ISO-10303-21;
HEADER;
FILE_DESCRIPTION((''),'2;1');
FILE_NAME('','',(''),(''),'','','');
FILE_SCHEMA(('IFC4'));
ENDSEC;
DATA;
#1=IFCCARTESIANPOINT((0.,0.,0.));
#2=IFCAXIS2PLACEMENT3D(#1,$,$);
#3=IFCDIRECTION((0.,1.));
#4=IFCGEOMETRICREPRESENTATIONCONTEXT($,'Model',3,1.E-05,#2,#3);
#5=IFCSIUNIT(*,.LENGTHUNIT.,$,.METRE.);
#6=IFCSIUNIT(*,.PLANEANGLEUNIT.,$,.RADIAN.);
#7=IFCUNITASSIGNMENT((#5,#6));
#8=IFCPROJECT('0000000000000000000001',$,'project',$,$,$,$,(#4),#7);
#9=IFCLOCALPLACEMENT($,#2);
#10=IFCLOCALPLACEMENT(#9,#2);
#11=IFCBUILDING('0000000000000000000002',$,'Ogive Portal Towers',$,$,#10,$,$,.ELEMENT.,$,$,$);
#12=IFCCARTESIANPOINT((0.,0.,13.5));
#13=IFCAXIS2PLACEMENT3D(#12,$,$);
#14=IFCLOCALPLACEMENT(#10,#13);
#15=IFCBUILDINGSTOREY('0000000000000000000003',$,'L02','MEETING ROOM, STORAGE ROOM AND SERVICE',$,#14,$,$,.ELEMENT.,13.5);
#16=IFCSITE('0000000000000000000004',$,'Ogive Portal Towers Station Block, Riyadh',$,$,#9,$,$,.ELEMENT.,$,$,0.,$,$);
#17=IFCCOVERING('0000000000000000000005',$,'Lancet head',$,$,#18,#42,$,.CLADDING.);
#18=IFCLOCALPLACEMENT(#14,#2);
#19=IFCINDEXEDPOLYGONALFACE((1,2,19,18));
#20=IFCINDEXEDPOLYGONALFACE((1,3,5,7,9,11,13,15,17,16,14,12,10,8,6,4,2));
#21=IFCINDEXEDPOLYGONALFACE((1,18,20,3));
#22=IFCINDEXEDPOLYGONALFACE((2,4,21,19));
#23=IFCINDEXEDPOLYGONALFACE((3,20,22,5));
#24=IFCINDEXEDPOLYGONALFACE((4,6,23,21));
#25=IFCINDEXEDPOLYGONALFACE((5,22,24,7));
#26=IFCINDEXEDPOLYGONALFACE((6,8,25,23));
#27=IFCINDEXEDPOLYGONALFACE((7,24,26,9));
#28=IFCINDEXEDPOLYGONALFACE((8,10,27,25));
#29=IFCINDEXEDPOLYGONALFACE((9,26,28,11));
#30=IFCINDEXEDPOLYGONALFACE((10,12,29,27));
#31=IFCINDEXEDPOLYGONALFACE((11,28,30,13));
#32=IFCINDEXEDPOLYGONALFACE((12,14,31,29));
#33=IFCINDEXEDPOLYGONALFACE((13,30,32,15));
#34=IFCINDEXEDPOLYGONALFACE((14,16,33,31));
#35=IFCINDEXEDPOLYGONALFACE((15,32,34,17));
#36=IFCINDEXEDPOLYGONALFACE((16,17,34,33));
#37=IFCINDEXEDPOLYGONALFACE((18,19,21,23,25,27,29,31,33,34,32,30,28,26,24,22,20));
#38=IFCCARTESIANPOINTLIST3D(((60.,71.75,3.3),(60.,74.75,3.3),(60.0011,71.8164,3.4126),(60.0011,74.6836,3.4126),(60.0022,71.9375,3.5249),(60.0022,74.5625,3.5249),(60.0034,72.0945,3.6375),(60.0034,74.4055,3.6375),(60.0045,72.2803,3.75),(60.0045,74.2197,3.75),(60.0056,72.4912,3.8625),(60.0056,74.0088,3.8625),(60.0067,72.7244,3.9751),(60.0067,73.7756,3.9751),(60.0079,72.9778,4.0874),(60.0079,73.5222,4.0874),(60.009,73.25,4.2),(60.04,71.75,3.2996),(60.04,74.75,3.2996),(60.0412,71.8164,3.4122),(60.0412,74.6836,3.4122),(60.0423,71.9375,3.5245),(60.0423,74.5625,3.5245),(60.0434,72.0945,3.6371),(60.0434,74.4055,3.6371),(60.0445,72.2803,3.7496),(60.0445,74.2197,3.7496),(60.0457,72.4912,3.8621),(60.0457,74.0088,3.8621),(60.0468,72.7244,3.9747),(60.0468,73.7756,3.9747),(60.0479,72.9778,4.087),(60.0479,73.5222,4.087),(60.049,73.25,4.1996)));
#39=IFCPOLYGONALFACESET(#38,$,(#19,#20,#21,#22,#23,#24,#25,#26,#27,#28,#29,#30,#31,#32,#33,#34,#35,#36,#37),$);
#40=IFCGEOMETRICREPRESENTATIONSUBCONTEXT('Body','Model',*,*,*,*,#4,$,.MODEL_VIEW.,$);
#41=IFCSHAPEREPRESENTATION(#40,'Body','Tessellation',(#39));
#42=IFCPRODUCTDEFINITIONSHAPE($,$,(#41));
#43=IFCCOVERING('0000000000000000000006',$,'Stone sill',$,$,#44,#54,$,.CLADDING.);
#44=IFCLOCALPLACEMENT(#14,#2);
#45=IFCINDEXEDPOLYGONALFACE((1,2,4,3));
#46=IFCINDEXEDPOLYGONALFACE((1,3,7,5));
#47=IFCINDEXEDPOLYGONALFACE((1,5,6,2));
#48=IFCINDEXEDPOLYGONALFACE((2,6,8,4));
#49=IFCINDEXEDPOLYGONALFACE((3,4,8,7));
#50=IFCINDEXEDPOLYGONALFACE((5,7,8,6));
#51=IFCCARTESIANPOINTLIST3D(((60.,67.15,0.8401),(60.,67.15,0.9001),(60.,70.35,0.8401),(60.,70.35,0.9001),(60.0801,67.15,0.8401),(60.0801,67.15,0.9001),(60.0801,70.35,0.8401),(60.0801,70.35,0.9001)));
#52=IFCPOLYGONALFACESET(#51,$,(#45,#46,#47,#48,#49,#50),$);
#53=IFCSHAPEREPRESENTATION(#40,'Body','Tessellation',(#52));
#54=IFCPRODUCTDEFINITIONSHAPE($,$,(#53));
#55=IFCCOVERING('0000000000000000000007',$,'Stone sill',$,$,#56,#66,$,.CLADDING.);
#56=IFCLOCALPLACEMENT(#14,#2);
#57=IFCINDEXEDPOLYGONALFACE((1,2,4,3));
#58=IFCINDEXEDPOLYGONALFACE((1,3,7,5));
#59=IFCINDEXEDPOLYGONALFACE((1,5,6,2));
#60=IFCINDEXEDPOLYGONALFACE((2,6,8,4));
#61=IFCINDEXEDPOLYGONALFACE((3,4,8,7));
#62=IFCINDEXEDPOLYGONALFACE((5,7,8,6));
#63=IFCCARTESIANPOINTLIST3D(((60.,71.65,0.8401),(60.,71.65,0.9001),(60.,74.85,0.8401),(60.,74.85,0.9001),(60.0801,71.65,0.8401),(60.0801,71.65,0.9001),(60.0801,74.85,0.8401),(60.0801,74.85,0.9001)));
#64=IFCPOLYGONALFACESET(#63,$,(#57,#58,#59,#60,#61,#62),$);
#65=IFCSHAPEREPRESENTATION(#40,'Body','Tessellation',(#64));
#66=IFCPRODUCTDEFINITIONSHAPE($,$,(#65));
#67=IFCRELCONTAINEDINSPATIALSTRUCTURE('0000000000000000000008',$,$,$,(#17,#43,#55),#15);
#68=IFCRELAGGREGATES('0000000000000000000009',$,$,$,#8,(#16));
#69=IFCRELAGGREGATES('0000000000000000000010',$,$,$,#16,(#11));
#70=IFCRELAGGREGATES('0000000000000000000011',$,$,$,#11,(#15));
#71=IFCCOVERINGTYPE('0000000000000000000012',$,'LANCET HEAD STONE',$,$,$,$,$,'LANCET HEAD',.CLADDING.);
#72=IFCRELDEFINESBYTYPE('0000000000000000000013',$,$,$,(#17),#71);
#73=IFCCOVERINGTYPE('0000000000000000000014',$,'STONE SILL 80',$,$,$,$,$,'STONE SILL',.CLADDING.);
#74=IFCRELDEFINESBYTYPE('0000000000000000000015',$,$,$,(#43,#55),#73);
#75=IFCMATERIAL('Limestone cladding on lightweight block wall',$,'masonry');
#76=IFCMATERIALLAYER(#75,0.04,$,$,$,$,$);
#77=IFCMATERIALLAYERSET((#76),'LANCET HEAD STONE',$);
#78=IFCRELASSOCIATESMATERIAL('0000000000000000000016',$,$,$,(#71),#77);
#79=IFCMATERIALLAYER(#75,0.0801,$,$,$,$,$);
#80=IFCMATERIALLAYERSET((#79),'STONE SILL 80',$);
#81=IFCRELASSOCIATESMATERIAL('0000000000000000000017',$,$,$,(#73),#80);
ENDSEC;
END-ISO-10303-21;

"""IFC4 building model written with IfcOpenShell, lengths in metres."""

from ifc_helpers import new_model, si_unit, direction, frame, origin, origin_2d, place, context, subcontext, project, spatial, polyline, rectangle, outline, extrude, material, layer, layer_set, type_object, element, save


model = new_model("IFC4")

# Units and contexts
model_context = context("Model", 3, precision=1e-05, world=origin(), true_north=direction((0.0, 1.0)))
body_context = subcontext(model_context, "Body", "Model", "MODEL_VIEW")
ifc_project = project(units=[si_unit("LENGTHUNIT", "METRE"), si_unit("PLANEANGLEUNIT", "RADIAN")], contexts=[model_context])

# Site, building, storey
site_placement = place(None, origin())
site = spatial("IfcSite", under=ifc_project, at=site_placement, Name="Ogive Portal Towers Station Block, Riyadh", CompositionType="ELEMENT", RefElevation=0.0)
building_placement = place(site_placement, origin())
building = spatial("IfcBuilding", under=site, at=building_placement, Name="Ogive Portal Towers", CompositionType="ELEMENT")
storey_placement = place(building_placement, frame((0.0, 0.0, 13.5)))
storey = spatial("IfcBuildingStorey", under=building, at=storey_placement, Name="L02", Description="MEETING ROOM, STORAGE ROOM AND SERVICE", CompositionType="ELEMENT", Elevation=13.5)

# Coverings
ifc_material_1 = material(Name="Limestone cladding on lightweight block wall", Category="masonry")
ifc_layer_1 = layer(ifc_material_1, 0.04)
ifc_layer_set_1 = layer_set([ifc_layer_1], Name="LANCET HEAD STONE")
covering_type_1 = type_object("IfcCoveringType", Name="LANCET HEAD STONE", ElementType="LANCET HEAD", PredefinedType="CLADDING", material=ifc_layer_set_1)
for number, where, z_axis, x_axis, name in (
    (1, (60.0, 71.75, 3.3), (-0.99995, 0.0, 0.009994), (0.0, 1.0, 0.0), "Lancet head"),
):
    element("IfcCovering", number, at=place(storey_placement, frame(where, z_axis=z_axis, x_axis=x_axis)), inside=storey, type_object=covering_type_1, Name=name, PredefinedType="CLADDING", context=body_context, shape_type="SweptSolid", body=[
        extrude(outline(polyline([(0.0, 0.0), (3.0, 0.0), (2.9336, -0.1126), (2.8125, -0.2249), (2.6555, -0.3374), (2.4697, -0.45), (2.2588, -0.5625), (2.0256, -0.6751), (1.7722, -0.7874), (1.5, -0.8999), (1.2278, -0.7874), (0.9744, -0.6751), (0.7412, -0.5625), (0.5303, -0.45), (0.3445, -0.3374), (0.1875, -0.2249), (0.0664, -0.1126), (0.0, 0.0)])), origin(), (0.0, 0.0, -1.0), 0.04),
    ])
ifc_layer_2 = layer(ifc_material_1, 0.0801)
ifc_layer_set_2 = layer_set([ifc_layer_2], Name="STONE SILL 80")
covering_type_2 = type_object("IfcCoveringType", Name="STONE SILL 80", ElementType="STONE SILL", PredefinedType="CLADDING", material=ifc_layer_set_2)
for number, where, z_axis, x_axis, name in (
    (2, (60.04, 68.75, 0.8401), (0.0, 0.0, 1.0), (0.0, 1.0, 0.0), "Stone sill"),
    (3, (60.04, 73.25, 0.8401), (0.0, 0.0, 1.0), (0.0, 1.0, 0.0), "Stone sill"),
):
    element("IfcCovering", number, at=place(storey_placement, frame(where, z_axis=z_axis, x_axis=x_axis)), inside=storey, type_object=covering_type_2, Name=name, PredefinedType="CLADDING", context=body_context, shape_type="SweptSolid", body=[
        extrude(rectangle(XDim=3.2, YDim=0.0801, at=origin_2d()), origin(), (0.0, 0.0, 1.0), 0.0601),
    ])

save(model, "model.ifc")
